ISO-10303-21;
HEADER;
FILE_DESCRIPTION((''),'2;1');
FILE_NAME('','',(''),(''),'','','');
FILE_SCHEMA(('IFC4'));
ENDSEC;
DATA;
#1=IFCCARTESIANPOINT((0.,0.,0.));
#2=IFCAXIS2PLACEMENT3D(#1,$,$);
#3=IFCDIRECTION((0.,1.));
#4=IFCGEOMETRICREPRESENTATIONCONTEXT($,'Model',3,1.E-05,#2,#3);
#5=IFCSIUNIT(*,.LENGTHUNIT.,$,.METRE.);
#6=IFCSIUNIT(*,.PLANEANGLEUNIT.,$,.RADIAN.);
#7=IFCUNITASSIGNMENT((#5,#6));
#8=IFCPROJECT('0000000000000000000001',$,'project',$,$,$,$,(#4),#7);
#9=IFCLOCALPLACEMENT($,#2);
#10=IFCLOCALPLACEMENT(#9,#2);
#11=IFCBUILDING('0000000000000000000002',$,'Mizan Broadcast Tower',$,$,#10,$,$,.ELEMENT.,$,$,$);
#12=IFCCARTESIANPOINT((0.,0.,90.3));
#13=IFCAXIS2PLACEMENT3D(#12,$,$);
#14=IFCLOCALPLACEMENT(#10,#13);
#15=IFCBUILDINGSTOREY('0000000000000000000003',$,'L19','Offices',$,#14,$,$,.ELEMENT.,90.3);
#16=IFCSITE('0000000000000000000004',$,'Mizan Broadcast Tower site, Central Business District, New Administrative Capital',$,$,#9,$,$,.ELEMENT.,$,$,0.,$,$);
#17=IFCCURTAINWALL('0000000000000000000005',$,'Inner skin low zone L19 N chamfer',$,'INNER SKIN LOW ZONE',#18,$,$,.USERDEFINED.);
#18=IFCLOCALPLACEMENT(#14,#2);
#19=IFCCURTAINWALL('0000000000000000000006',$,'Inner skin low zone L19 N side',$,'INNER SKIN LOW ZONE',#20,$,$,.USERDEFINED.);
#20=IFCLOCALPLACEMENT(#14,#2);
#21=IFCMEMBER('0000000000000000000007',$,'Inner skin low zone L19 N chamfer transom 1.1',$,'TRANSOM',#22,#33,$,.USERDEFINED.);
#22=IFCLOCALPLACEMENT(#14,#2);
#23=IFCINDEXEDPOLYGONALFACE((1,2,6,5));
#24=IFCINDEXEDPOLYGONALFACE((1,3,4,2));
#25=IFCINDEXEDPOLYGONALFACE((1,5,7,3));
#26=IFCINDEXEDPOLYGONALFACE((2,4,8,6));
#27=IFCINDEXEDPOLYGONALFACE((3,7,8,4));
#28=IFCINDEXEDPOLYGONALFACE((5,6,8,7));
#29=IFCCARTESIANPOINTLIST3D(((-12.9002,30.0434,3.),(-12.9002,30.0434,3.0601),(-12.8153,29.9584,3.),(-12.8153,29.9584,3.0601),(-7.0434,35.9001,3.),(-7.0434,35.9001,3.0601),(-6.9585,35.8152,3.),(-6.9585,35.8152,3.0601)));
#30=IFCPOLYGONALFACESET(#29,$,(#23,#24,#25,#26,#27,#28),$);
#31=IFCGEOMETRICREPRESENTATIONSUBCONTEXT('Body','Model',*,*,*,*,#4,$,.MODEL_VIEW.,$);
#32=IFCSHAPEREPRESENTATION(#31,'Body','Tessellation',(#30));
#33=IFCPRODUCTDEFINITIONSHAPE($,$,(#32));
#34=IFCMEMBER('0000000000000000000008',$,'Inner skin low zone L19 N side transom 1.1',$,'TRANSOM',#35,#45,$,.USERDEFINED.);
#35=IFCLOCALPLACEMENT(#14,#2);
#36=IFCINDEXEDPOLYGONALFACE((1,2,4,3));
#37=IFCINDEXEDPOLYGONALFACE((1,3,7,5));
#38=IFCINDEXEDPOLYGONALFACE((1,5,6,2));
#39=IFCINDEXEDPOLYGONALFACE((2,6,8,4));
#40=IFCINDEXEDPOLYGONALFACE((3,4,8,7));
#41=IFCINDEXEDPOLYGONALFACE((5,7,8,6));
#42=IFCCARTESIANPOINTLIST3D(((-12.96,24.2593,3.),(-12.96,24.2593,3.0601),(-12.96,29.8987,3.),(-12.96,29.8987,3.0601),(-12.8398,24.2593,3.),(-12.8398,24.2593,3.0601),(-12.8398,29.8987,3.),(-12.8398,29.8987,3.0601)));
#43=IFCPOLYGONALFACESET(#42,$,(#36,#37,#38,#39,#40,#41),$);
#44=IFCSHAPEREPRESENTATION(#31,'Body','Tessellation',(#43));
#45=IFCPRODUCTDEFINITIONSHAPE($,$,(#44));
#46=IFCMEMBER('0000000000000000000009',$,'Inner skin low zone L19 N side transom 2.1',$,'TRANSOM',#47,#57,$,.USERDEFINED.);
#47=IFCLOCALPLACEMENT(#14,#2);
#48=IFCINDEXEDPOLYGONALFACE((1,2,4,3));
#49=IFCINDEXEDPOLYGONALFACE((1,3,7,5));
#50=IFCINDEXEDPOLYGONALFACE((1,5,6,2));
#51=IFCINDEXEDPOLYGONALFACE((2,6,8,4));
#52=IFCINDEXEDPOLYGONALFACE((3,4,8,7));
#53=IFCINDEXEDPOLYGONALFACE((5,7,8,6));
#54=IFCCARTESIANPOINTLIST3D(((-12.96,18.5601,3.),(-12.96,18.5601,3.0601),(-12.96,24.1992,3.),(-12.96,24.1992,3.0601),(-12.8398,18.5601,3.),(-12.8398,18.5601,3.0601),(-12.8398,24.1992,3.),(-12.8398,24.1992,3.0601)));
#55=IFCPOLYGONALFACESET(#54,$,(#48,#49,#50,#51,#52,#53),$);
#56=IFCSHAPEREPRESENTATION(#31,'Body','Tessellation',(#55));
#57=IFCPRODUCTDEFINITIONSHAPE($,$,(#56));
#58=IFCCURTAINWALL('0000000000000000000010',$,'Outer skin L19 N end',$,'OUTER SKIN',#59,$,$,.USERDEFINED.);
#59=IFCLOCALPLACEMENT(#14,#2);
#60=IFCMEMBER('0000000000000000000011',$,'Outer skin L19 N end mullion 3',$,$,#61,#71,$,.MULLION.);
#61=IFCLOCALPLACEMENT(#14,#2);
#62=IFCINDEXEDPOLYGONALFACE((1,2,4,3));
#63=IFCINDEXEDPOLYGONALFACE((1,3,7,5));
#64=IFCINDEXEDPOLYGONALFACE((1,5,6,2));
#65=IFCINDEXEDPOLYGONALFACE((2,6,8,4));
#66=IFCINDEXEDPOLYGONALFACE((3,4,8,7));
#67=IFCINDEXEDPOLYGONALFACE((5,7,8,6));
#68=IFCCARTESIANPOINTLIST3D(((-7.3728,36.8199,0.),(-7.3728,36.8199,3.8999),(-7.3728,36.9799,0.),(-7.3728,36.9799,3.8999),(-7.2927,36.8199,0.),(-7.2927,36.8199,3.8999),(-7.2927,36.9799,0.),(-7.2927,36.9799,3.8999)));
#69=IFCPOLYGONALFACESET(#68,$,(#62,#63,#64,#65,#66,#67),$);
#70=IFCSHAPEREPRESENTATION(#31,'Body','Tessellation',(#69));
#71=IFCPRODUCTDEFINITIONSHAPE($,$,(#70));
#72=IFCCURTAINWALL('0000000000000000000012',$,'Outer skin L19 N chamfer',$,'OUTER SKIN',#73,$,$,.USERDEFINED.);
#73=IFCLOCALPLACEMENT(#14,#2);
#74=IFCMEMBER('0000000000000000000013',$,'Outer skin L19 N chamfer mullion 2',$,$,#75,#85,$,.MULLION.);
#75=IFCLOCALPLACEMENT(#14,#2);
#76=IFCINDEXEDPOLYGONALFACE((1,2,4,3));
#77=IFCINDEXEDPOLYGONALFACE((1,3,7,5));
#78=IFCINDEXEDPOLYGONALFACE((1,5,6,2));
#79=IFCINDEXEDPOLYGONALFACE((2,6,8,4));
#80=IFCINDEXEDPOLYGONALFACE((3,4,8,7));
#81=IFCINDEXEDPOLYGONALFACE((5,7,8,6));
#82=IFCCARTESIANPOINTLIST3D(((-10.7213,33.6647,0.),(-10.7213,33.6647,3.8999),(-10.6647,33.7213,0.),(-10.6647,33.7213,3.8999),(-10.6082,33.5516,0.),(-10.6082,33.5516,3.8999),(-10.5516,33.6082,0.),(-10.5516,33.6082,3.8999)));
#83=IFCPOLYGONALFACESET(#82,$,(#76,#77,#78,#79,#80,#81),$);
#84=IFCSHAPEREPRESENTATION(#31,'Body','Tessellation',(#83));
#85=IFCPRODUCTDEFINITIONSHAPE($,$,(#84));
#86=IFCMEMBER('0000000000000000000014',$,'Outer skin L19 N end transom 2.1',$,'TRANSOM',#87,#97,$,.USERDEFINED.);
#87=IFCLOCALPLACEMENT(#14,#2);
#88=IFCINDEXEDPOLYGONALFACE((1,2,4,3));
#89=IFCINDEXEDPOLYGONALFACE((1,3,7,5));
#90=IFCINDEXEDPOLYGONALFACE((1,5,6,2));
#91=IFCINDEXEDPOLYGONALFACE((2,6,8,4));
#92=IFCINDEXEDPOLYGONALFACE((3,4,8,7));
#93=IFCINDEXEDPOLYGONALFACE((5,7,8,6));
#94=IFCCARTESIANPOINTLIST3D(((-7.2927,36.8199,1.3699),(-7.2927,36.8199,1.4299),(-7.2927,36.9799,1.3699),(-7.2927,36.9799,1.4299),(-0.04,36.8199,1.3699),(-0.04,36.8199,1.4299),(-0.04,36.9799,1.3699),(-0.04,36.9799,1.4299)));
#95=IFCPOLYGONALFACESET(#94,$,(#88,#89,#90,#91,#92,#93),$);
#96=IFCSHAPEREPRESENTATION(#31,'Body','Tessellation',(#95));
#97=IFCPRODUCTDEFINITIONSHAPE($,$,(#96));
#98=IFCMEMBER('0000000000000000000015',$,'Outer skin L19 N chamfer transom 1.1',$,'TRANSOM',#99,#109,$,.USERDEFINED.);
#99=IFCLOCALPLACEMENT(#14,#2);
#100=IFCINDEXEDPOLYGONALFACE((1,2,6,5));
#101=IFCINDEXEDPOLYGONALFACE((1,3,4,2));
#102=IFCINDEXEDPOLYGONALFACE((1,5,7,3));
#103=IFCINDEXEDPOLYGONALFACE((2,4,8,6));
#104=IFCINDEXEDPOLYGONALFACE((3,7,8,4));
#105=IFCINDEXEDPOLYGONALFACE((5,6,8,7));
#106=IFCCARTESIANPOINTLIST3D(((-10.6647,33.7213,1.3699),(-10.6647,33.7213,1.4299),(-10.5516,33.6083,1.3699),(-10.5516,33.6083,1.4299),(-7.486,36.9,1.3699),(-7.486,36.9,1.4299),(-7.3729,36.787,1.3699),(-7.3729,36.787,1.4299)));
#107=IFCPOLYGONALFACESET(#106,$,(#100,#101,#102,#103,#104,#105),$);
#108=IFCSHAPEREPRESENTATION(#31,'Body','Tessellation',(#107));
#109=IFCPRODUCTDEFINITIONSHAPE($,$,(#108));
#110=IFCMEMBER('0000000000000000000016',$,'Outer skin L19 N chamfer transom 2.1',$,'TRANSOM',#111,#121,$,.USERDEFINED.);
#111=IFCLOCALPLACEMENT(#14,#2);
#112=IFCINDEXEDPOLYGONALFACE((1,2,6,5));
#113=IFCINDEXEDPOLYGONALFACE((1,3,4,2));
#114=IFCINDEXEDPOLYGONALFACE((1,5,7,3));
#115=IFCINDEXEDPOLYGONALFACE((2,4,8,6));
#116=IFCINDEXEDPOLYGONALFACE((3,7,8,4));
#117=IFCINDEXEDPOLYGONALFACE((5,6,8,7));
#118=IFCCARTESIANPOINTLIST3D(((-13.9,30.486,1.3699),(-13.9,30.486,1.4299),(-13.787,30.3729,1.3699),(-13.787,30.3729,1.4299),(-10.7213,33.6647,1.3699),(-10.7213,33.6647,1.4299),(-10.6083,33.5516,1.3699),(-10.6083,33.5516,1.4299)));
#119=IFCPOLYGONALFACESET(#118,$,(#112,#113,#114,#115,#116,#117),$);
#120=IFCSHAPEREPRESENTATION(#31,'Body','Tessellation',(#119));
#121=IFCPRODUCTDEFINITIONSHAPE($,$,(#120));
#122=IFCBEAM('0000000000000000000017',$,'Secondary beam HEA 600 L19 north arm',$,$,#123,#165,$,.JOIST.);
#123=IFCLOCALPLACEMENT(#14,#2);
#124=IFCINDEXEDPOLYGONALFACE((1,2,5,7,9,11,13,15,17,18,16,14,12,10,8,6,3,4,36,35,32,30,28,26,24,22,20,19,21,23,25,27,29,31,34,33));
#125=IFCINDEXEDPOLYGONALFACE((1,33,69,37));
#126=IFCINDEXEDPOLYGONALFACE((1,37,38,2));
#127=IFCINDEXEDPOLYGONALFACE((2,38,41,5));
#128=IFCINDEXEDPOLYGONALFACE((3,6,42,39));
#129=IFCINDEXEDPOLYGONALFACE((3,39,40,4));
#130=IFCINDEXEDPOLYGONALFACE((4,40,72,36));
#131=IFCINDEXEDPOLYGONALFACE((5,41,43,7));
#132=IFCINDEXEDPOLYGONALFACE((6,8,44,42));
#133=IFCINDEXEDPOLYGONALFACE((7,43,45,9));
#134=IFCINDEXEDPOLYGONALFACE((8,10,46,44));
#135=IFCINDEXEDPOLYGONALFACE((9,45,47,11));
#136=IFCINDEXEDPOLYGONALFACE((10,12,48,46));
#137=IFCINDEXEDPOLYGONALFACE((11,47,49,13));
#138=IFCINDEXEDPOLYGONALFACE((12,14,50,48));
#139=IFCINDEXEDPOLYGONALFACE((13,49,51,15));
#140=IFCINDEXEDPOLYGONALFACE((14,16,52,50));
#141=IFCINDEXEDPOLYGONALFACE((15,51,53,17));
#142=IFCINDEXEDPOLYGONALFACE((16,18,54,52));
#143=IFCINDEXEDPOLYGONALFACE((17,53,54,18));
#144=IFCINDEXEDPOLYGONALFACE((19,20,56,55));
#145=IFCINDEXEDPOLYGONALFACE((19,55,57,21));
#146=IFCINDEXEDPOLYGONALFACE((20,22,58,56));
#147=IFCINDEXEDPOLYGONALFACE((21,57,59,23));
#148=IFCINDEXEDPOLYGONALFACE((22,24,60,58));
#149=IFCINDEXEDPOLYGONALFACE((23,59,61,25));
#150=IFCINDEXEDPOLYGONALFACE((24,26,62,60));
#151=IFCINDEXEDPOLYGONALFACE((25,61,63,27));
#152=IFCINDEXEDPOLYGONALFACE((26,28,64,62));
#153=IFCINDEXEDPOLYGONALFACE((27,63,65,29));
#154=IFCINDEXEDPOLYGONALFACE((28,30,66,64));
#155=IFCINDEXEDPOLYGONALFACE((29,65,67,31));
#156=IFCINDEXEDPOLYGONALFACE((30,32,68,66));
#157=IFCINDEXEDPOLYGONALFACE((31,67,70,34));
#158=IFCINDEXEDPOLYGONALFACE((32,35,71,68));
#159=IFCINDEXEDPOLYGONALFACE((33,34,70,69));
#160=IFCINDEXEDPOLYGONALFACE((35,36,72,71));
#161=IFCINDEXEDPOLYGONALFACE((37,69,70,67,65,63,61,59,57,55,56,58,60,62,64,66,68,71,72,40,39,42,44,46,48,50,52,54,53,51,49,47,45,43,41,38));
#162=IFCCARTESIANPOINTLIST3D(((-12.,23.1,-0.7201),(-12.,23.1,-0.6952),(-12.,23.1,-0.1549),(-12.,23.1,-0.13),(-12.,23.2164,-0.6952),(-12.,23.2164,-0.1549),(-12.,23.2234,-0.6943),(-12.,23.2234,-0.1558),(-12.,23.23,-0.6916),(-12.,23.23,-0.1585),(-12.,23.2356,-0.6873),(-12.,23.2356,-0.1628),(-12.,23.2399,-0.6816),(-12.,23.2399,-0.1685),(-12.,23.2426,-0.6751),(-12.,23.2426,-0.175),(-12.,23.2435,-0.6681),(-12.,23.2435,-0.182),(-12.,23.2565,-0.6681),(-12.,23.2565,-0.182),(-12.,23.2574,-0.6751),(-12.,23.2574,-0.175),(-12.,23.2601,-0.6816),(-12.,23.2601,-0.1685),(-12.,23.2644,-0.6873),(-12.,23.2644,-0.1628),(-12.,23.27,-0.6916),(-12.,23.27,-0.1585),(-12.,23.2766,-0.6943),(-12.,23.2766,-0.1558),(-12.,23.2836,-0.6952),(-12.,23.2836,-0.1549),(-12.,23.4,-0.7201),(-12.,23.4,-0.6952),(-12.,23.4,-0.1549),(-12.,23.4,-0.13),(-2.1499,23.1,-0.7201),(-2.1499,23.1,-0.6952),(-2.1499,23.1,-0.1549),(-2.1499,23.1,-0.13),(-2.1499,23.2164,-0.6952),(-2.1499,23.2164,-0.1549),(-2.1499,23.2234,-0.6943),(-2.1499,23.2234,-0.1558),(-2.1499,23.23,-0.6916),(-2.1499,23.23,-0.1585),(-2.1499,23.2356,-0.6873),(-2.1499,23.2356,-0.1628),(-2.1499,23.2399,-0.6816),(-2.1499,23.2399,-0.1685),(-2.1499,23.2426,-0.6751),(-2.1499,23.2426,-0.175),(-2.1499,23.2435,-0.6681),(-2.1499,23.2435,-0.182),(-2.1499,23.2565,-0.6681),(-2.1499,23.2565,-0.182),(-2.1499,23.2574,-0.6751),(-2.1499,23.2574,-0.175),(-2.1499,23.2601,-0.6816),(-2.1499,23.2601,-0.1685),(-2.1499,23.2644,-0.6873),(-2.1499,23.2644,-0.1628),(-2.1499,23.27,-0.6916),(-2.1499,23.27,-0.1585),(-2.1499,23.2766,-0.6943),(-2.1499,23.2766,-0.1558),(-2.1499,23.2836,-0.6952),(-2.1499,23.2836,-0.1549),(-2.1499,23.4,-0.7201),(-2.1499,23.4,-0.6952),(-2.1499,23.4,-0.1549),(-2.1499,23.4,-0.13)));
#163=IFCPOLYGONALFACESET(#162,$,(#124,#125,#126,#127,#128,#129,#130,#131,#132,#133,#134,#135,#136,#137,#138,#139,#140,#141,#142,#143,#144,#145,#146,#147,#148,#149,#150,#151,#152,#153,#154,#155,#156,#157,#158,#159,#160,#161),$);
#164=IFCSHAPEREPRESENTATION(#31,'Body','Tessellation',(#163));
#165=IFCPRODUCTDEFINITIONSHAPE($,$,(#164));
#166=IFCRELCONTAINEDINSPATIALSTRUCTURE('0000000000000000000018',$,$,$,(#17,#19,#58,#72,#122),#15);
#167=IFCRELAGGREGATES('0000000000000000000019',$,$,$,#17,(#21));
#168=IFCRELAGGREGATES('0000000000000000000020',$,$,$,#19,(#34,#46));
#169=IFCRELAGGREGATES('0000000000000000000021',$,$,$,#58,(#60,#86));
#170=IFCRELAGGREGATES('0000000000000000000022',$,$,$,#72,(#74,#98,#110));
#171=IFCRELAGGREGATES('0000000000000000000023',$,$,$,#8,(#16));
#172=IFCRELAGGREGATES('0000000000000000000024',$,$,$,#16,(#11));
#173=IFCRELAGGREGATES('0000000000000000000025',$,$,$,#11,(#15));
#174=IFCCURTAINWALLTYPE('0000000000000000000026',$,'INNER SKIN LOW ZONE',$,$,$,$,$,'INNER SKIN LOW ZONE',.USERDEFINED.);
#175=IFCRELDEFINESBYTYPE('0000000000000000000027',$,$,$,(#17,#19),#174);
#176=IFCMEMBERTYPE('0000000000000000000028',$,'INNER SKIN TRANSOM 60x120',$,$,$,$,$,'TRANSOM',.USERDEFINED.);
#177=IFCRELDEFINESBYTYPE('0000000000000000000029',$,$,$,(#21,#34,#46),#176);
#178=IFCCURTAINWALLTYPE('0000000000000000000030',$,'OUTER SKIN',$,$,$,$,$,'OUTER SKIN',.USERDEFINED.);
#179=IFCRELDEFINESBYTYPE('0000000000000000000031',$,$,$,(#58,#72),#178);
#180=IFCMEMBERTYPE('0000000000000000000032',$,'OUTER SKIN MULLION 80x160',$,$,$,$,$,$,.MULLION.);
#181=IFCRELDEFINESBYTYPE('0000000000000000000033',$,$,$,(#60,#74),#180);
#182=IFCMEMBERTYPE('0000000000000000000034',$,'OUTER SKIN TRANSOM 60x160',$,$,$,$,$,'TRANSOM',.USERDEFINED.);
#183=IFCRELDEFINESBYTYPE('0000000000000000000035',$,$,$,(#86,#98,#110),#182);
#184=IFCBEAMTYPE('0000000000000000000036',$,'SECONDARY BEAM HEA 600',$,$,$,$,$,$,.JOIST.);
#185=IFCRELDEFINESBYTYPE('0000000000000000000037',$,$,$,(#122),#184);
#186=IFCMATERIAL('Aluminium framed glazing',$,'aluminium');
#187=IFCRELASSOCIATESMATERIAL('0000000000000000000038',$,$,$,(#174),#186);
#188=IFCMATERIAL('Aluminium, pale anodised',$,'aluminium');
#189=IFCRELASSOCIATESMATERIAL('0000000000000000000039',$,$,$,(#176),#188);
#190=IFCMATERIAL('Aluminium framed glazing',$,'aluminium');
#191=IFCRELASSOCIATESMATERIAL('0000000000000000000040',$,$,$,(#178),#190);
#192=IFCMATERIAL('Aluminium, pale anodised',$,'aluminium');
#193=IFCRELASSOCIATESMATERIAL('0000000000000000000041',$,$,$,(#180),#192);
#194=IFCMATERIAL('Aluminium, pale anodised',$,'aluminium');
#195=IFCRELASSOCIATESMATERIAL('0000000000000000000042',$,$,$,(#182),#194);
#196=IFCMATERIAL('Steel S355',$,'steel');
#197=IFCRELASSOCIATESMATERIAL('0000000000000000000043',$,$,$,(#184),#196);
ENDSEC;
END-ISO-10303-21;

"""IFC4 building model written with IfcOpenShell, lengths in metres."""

from ifc_helpers import new_model, si_unit, direction, frame, origin, origin_2d, place, context, subcontext, project, spatial, rectangle, i_section, extrude, material, material_profile, profile_set, type_object, element, aggregate, save


model = new_model("IFC4")

# Units and contexts
model_context = context("Model", 3, precision=1e-05, world=origin(), true_north=direction((0.0, 1.0)))
body_context = subcontext(model_context, "Body", "Model", "MODEL_VIEW")
ifc_project = project(units=[si_unit("LENGTHUNIT", "METRE"), si_unit("PLANEANGLEUNIT", "RADIAN")], contexts=[model_context])

# Site, building, storey
site_placement = place(None, origin())
site = spatial("IfcSite", under=ifc_project, at=site_placement, Name="Mizan Broadcast Tower site, Central Business District, New Administrative Capital", CompositionType="ELEMENT", RefElevation=0.0)
building_placement = place(site_placement, origin())
building = spatial("IfcBuilding", under=site, at=building_placement, Name="Mizan Broadcast Tower", CompositionType="ELEMENT")
storey_placement = place(building_placement, frame((0.0, 0.0, 90.3)))
storey = spatial("IfcBuildingStorey", under=building, at=storey_placement, Name="L19", Description="Offices", CompositionType="ELEMENT", Elevation=90.3)

# Curtain walls
ifc_material_1 = material(Name="Aluminium framed glazing", Category="aluminium")
curtain_wall_type_1 = type_object("IfcCurtainWallType", Name="INNER SKIN LOW ZONE", ElementType="INNER SKIN LOW ZONE", PredefinedType="USERDEFINED", material=ifc_material_1)
curtain_wall_1_placement = place(storey_placement, origin())
curtain_wall_1 = element("IfcCurtainWall", 1, at=curtain_wall_1_placement, inside=storey, type_object=curtain_wall_type_1, Name="Inner skin low zone L19 N chamfer", ObjectType="INNER SKIN LOW ZONE", PredefinedType="USERDEFINED")
curtain_wall_2_placement = place(storey_placement, origin())
curtain_wall_2 = element("IfcCurtainWall", 2, at=curtain_wall_2_placement, inside=storey, type_object=curtain_wall_type_1, Name="Inner skin low zone L19 N side", ObjectType="INNER SKIN LOW ZONE", PredefinedType="USERDEFINED")

# Members
ifc_material_2 = material(Name="Aluminium, pale anodised", Category="aluminium")
ifc_material_profile_1 = material_profile(ifc_material_2, rectangle(XDim=0.1201, YDim=0.0601, at=origin_2d()), Name="TRANSOM 120x60")
ifc_profile_set_1 = profile_set([ifc_material_profile_1], Name="Aluminium, pale anodised")
member_type_1 = type_object("IfcMemberType", Name="INNER SKIN TRANSOM 60x120", ElementType="TRANSOM", PredefinedType="USERDEFINED", material=ifc_profile_set_1)
member_1_placement = place(storey_placement, frame((-7.001, 35.8577, 3.03), z_axis=(-0.707107, -0.707107, 0.0), x_axis=(0.707107, -0.707107, 0.0)))
member_1 = element("IfcMember", 3, at=member_1_placement, type_object=member_type_1, Name="Inner skin low zone L19 N chamfer transom 1.1", ObjectType="TRANSOM", PredefinedType="USERDEFINED", context=body_context, shape_type="SweptSolid", body=[
    extrude(rectangle(XDim=0.1201, YDim=0.0601, at=origin_2d()), origin(), (0.0, 0.0, 1.0), 8.2827),
])
member_2_placement = place(storey_placement, frame((-12.8999, 29.8987, 3.03), z_axis=(0.0, -1.0, 0.0), x_axis=(1.0, 0.0, 0.0)))
member_2 = element("IfcMember", 4, at=member_2_placement, type_object=member_type_1, Name="Inner skin low zone L19 N side transom 1.1", ObjectType="TRANSOM", PredefinedType="USERDEFINED", context=body_context, shape_type="SweptSolid", body=[
    extrude(rectangle(XDim=0.1201, YDim=0.0601, at=origin_2d()), origin(), (0.0, 0.0, 1.0), 5.6394),
])
member_3_placement = place(storey_placement, frame((-12.8999, 24.1992, 3.03), z_axis=(0.0, -1.0, 0.0), x_axis=(1.0, 0.0, 0.0)))
member_3 = element("IfcMember", 5, at=member_3_placement, type_object=member_type_1, Name="Inner skin low zone L19 N side transom 2.1", ObjectType="TRANSOM", PredefinedType="USERDEFINED", context=body_context, shape_type="SweptSolid", body=[
    extrude(rectangle(XDim=0.1201, YDim=0.0601, at=origin_2d()), origin(), (0.0, 0.0, 1.0), 5.6392),
])

# Curtain walls, members
ifc_material_3 = material(Name="Aluminium framed glazing", Category="aluminium")
curtain_wall_type_2 = type_object("IfcCurtainWallType", Name="OUTER SKIN", ElementType="OUTER SKIN", PredefinedType="USERDEFINED", material=ifc_material_3)
curtain_wall_3_placement = place(storey_placement, origin())
curtain_wall_3 = element("IfcCurtainWall", 6, at=curtain_wall_3_placement, inside=storey, type_object=curtain_wall_type_2, Name="Outer skin L19 N end", ObjectType="OUTER SKIN", PredefinedType="USERDEFINED")
ifc_material_4 = material(Name="Aluminium, pale anodised", Category="aluminium")
ifc_material_profile_2 = material_profile(ifc_material_4, rectangle(XDim=0.1599, YDim=0.0801, at=origin_2d()), Name="MULLION 160x80")
ifc_profile_set_2 = profile_set([ifc_material_profile_2], Name="Aluminium, pale anodised")
member_type_2 = type_object("IfcMemberType", Name="OUTER SKIN MULLION 80x160", PredefinedType="MULLION", material=ifc_profile_set_2)
member_4_placement = place(storey_placement, frame((-7.3328, 36.8999, 0.0), z_axis=(0.0, 0.0, 1.0), x_axis=(0.0, -1.0, 0.0)))
member_4 = element("IfcMember", 7, at=member_4_placement, type_object=member_type_2, Name="Outer skin L19 N end mullion 3", PredefinedType="MULLION", context=body_context, shape_type="SweptSolid", body=[
    extrude(rectangle(XDim=0.1599, YDim=0.0801, at=origin_2d()), origin(), (0.0, 0.0, 1.0), 3.8999),
])
curtain_wall_4_placement = place(storey_placement, origin())
curtain_wall_4 = element("IfcCurtainWall", 8, at=curtain_wall_4_placement, inside=storey, type_object=curtain_wall_type_2, Name="Outer skin L19 N chamfer", ObjectType="OUTER SKIN", PredefinedType="USERDEFINED")
member_5_placement = place(storey_placement, frame((-10.6365, 33.6365, 0.0), z_axis=(0.0, 0.0, 1.0), x_axis=(0.707107, -0.707107, 0.0)))
member_5 = element("IfcMember", 9, at=member_5_placement, type_object=member_type_2, Name="Outer skin L19 N chamfer mullion 2", PredefinedType="MULLION", context=body_context, shape_type="SweptSolid", body=[
    extrude(rectangle(XDim=0.1599, YDim=0.0801, at=origin_2d()), origin(), (0.0, 0.0, 1.0), 3.8999),
])

# Members
ifc_material_5 = material(Name="Aluminium, pale anodised", Category="aluminium")
ifc_material_profile_3 = material_profile(ifc_material_5, rectangle(XDim=0.1599, YDim=0.0601, at=origin_2d()), Name="TRANSOM 160x60")
ifc_profile_set_3 = profile_set([ifc_material_profile_3], Name="Aluminium, pale anodised")
member_type_3 = type_object("IfcMemberType", Name="OUTER SKIN TRANSOM 60x160", ElementType="TRANSOM", PredefinedType="USERDEFINED", material=ifc_profile_set_3)
member_6_placement = place(storey_placement, frame((-0.04, 36.8999, 1.3999), z_axis=(-1.0, 0.0, 0.0), x_axis=(0.0, -1.0, 0.0)))
member_6 = element("IfcMember", 10, at=member_6_placement, type_object=member_type_3, Name="Outer skin L19 N end transom 2.1", ObjectType="TRANSOM", PredefinedType="USERDEFINED", context=body_context, shape_type="SweptSolid", body=[
    extrude(rectangle(XDim=0.1599, YDim=0.0601, at=origin_2d()), origin(), (0.0, 0.0, 1.0), 7.2527),
])
member_7_placement = place(storey_placement, frame((-7.4294, 36.8435, 1.3999), z_axis=(-0.707107, -0.707107, 0.0), x_axis=(0.707107, -0.707107, 0.0)))
member_7 = element("IfcMember", 11, at=member_7_placement, type_object=member_type_3, Name="Outer skin L19 N chamfer transom 1.1", ObjectType="TRANSOM", PredefinedType="USERDEFINED", context=body_context, shape_type="SweptSolid", body=[
    extrude(rectangle(XDim=0.1599, YDim=0.0601, at=origin_2d()), origin(), (0.0, 0.0, 1.0), 4.4954),
])
member_8_placement = place(storey_placement, frame((-10.6648, 33.6082, 1.3999), z_axis=(-0.707107, -0.707107, 0.0), x_axis=(0.707107, -0.707107, 0.0)))
member_8 = element("IfcMember", 12, at=member_8_placement, type_object=member_type_3, Name="Outer skin L19 N chamfer transom 2.1", ObjectType="TRANSOM", PredefinedType="USERDEFINED", context=body_context, shape_type="SweptSolid", body=[
    extrude(rectangle(XDim=0.1599, YDim=0.0601, at=origin_2d()), origin(), (0.0, 0.0, 1.0), 4.4954),
])

# Beam
ifc_material_6 = material(Name="Steel S355", Category="steel")
ifc_material_profile_4 = material_profile(ifc_material_6, i_section(OverallWidth=0.3, OverallDepth=0.5901, WebThickness=0.0129, FlangeThickness=0.0249, FilletRadius=0.0271, at=origin_2d()), Name="HEA 600")
ifc_profile_set_4 = profile_set([ifc_material_profile_4], Name="Steel S355")
beam_type_1 = type_object("IfcBeamType", Name="SECONDARY BEAM HEA 600", PredefinedType="JOIST", material=ifc_profile_set_4)
beam_1_placement = place(storey_placement, frame((-12.0, 23.25, -0.425), z_axis=(1.0, 0.0, 0.0), x_axis=(0.0, 1.0, 0.0)))
element("IfcBeam", 13, at=beam_1_placement, inside=storey, type_object=beam_type_1, Name="Secondary beam HEA 600 L19 north arm", PredefinedType="JOIST", context=body_context, shape_type="SweptSolid", body=[
    extrude(i_section(OverallWidth=0.3, OverallDepth=0.5901, WebThickness=0.0129, FlangeThickness=0.0249, FilletRadius=0.0271, at=origin_2d()), origin(), (0.0, 0.0, 1.0), 9.8501),
])

aggregate(curtain_wall_1, [member_1])
aggregate(curtain_wall_2, [member_2, member_3])
aggregate(curtain_wall_3, [member_4, member_6])
aggregate(curtain_wall_4, [member_5, member_7, member_8])

save(model, "model.ifc")
